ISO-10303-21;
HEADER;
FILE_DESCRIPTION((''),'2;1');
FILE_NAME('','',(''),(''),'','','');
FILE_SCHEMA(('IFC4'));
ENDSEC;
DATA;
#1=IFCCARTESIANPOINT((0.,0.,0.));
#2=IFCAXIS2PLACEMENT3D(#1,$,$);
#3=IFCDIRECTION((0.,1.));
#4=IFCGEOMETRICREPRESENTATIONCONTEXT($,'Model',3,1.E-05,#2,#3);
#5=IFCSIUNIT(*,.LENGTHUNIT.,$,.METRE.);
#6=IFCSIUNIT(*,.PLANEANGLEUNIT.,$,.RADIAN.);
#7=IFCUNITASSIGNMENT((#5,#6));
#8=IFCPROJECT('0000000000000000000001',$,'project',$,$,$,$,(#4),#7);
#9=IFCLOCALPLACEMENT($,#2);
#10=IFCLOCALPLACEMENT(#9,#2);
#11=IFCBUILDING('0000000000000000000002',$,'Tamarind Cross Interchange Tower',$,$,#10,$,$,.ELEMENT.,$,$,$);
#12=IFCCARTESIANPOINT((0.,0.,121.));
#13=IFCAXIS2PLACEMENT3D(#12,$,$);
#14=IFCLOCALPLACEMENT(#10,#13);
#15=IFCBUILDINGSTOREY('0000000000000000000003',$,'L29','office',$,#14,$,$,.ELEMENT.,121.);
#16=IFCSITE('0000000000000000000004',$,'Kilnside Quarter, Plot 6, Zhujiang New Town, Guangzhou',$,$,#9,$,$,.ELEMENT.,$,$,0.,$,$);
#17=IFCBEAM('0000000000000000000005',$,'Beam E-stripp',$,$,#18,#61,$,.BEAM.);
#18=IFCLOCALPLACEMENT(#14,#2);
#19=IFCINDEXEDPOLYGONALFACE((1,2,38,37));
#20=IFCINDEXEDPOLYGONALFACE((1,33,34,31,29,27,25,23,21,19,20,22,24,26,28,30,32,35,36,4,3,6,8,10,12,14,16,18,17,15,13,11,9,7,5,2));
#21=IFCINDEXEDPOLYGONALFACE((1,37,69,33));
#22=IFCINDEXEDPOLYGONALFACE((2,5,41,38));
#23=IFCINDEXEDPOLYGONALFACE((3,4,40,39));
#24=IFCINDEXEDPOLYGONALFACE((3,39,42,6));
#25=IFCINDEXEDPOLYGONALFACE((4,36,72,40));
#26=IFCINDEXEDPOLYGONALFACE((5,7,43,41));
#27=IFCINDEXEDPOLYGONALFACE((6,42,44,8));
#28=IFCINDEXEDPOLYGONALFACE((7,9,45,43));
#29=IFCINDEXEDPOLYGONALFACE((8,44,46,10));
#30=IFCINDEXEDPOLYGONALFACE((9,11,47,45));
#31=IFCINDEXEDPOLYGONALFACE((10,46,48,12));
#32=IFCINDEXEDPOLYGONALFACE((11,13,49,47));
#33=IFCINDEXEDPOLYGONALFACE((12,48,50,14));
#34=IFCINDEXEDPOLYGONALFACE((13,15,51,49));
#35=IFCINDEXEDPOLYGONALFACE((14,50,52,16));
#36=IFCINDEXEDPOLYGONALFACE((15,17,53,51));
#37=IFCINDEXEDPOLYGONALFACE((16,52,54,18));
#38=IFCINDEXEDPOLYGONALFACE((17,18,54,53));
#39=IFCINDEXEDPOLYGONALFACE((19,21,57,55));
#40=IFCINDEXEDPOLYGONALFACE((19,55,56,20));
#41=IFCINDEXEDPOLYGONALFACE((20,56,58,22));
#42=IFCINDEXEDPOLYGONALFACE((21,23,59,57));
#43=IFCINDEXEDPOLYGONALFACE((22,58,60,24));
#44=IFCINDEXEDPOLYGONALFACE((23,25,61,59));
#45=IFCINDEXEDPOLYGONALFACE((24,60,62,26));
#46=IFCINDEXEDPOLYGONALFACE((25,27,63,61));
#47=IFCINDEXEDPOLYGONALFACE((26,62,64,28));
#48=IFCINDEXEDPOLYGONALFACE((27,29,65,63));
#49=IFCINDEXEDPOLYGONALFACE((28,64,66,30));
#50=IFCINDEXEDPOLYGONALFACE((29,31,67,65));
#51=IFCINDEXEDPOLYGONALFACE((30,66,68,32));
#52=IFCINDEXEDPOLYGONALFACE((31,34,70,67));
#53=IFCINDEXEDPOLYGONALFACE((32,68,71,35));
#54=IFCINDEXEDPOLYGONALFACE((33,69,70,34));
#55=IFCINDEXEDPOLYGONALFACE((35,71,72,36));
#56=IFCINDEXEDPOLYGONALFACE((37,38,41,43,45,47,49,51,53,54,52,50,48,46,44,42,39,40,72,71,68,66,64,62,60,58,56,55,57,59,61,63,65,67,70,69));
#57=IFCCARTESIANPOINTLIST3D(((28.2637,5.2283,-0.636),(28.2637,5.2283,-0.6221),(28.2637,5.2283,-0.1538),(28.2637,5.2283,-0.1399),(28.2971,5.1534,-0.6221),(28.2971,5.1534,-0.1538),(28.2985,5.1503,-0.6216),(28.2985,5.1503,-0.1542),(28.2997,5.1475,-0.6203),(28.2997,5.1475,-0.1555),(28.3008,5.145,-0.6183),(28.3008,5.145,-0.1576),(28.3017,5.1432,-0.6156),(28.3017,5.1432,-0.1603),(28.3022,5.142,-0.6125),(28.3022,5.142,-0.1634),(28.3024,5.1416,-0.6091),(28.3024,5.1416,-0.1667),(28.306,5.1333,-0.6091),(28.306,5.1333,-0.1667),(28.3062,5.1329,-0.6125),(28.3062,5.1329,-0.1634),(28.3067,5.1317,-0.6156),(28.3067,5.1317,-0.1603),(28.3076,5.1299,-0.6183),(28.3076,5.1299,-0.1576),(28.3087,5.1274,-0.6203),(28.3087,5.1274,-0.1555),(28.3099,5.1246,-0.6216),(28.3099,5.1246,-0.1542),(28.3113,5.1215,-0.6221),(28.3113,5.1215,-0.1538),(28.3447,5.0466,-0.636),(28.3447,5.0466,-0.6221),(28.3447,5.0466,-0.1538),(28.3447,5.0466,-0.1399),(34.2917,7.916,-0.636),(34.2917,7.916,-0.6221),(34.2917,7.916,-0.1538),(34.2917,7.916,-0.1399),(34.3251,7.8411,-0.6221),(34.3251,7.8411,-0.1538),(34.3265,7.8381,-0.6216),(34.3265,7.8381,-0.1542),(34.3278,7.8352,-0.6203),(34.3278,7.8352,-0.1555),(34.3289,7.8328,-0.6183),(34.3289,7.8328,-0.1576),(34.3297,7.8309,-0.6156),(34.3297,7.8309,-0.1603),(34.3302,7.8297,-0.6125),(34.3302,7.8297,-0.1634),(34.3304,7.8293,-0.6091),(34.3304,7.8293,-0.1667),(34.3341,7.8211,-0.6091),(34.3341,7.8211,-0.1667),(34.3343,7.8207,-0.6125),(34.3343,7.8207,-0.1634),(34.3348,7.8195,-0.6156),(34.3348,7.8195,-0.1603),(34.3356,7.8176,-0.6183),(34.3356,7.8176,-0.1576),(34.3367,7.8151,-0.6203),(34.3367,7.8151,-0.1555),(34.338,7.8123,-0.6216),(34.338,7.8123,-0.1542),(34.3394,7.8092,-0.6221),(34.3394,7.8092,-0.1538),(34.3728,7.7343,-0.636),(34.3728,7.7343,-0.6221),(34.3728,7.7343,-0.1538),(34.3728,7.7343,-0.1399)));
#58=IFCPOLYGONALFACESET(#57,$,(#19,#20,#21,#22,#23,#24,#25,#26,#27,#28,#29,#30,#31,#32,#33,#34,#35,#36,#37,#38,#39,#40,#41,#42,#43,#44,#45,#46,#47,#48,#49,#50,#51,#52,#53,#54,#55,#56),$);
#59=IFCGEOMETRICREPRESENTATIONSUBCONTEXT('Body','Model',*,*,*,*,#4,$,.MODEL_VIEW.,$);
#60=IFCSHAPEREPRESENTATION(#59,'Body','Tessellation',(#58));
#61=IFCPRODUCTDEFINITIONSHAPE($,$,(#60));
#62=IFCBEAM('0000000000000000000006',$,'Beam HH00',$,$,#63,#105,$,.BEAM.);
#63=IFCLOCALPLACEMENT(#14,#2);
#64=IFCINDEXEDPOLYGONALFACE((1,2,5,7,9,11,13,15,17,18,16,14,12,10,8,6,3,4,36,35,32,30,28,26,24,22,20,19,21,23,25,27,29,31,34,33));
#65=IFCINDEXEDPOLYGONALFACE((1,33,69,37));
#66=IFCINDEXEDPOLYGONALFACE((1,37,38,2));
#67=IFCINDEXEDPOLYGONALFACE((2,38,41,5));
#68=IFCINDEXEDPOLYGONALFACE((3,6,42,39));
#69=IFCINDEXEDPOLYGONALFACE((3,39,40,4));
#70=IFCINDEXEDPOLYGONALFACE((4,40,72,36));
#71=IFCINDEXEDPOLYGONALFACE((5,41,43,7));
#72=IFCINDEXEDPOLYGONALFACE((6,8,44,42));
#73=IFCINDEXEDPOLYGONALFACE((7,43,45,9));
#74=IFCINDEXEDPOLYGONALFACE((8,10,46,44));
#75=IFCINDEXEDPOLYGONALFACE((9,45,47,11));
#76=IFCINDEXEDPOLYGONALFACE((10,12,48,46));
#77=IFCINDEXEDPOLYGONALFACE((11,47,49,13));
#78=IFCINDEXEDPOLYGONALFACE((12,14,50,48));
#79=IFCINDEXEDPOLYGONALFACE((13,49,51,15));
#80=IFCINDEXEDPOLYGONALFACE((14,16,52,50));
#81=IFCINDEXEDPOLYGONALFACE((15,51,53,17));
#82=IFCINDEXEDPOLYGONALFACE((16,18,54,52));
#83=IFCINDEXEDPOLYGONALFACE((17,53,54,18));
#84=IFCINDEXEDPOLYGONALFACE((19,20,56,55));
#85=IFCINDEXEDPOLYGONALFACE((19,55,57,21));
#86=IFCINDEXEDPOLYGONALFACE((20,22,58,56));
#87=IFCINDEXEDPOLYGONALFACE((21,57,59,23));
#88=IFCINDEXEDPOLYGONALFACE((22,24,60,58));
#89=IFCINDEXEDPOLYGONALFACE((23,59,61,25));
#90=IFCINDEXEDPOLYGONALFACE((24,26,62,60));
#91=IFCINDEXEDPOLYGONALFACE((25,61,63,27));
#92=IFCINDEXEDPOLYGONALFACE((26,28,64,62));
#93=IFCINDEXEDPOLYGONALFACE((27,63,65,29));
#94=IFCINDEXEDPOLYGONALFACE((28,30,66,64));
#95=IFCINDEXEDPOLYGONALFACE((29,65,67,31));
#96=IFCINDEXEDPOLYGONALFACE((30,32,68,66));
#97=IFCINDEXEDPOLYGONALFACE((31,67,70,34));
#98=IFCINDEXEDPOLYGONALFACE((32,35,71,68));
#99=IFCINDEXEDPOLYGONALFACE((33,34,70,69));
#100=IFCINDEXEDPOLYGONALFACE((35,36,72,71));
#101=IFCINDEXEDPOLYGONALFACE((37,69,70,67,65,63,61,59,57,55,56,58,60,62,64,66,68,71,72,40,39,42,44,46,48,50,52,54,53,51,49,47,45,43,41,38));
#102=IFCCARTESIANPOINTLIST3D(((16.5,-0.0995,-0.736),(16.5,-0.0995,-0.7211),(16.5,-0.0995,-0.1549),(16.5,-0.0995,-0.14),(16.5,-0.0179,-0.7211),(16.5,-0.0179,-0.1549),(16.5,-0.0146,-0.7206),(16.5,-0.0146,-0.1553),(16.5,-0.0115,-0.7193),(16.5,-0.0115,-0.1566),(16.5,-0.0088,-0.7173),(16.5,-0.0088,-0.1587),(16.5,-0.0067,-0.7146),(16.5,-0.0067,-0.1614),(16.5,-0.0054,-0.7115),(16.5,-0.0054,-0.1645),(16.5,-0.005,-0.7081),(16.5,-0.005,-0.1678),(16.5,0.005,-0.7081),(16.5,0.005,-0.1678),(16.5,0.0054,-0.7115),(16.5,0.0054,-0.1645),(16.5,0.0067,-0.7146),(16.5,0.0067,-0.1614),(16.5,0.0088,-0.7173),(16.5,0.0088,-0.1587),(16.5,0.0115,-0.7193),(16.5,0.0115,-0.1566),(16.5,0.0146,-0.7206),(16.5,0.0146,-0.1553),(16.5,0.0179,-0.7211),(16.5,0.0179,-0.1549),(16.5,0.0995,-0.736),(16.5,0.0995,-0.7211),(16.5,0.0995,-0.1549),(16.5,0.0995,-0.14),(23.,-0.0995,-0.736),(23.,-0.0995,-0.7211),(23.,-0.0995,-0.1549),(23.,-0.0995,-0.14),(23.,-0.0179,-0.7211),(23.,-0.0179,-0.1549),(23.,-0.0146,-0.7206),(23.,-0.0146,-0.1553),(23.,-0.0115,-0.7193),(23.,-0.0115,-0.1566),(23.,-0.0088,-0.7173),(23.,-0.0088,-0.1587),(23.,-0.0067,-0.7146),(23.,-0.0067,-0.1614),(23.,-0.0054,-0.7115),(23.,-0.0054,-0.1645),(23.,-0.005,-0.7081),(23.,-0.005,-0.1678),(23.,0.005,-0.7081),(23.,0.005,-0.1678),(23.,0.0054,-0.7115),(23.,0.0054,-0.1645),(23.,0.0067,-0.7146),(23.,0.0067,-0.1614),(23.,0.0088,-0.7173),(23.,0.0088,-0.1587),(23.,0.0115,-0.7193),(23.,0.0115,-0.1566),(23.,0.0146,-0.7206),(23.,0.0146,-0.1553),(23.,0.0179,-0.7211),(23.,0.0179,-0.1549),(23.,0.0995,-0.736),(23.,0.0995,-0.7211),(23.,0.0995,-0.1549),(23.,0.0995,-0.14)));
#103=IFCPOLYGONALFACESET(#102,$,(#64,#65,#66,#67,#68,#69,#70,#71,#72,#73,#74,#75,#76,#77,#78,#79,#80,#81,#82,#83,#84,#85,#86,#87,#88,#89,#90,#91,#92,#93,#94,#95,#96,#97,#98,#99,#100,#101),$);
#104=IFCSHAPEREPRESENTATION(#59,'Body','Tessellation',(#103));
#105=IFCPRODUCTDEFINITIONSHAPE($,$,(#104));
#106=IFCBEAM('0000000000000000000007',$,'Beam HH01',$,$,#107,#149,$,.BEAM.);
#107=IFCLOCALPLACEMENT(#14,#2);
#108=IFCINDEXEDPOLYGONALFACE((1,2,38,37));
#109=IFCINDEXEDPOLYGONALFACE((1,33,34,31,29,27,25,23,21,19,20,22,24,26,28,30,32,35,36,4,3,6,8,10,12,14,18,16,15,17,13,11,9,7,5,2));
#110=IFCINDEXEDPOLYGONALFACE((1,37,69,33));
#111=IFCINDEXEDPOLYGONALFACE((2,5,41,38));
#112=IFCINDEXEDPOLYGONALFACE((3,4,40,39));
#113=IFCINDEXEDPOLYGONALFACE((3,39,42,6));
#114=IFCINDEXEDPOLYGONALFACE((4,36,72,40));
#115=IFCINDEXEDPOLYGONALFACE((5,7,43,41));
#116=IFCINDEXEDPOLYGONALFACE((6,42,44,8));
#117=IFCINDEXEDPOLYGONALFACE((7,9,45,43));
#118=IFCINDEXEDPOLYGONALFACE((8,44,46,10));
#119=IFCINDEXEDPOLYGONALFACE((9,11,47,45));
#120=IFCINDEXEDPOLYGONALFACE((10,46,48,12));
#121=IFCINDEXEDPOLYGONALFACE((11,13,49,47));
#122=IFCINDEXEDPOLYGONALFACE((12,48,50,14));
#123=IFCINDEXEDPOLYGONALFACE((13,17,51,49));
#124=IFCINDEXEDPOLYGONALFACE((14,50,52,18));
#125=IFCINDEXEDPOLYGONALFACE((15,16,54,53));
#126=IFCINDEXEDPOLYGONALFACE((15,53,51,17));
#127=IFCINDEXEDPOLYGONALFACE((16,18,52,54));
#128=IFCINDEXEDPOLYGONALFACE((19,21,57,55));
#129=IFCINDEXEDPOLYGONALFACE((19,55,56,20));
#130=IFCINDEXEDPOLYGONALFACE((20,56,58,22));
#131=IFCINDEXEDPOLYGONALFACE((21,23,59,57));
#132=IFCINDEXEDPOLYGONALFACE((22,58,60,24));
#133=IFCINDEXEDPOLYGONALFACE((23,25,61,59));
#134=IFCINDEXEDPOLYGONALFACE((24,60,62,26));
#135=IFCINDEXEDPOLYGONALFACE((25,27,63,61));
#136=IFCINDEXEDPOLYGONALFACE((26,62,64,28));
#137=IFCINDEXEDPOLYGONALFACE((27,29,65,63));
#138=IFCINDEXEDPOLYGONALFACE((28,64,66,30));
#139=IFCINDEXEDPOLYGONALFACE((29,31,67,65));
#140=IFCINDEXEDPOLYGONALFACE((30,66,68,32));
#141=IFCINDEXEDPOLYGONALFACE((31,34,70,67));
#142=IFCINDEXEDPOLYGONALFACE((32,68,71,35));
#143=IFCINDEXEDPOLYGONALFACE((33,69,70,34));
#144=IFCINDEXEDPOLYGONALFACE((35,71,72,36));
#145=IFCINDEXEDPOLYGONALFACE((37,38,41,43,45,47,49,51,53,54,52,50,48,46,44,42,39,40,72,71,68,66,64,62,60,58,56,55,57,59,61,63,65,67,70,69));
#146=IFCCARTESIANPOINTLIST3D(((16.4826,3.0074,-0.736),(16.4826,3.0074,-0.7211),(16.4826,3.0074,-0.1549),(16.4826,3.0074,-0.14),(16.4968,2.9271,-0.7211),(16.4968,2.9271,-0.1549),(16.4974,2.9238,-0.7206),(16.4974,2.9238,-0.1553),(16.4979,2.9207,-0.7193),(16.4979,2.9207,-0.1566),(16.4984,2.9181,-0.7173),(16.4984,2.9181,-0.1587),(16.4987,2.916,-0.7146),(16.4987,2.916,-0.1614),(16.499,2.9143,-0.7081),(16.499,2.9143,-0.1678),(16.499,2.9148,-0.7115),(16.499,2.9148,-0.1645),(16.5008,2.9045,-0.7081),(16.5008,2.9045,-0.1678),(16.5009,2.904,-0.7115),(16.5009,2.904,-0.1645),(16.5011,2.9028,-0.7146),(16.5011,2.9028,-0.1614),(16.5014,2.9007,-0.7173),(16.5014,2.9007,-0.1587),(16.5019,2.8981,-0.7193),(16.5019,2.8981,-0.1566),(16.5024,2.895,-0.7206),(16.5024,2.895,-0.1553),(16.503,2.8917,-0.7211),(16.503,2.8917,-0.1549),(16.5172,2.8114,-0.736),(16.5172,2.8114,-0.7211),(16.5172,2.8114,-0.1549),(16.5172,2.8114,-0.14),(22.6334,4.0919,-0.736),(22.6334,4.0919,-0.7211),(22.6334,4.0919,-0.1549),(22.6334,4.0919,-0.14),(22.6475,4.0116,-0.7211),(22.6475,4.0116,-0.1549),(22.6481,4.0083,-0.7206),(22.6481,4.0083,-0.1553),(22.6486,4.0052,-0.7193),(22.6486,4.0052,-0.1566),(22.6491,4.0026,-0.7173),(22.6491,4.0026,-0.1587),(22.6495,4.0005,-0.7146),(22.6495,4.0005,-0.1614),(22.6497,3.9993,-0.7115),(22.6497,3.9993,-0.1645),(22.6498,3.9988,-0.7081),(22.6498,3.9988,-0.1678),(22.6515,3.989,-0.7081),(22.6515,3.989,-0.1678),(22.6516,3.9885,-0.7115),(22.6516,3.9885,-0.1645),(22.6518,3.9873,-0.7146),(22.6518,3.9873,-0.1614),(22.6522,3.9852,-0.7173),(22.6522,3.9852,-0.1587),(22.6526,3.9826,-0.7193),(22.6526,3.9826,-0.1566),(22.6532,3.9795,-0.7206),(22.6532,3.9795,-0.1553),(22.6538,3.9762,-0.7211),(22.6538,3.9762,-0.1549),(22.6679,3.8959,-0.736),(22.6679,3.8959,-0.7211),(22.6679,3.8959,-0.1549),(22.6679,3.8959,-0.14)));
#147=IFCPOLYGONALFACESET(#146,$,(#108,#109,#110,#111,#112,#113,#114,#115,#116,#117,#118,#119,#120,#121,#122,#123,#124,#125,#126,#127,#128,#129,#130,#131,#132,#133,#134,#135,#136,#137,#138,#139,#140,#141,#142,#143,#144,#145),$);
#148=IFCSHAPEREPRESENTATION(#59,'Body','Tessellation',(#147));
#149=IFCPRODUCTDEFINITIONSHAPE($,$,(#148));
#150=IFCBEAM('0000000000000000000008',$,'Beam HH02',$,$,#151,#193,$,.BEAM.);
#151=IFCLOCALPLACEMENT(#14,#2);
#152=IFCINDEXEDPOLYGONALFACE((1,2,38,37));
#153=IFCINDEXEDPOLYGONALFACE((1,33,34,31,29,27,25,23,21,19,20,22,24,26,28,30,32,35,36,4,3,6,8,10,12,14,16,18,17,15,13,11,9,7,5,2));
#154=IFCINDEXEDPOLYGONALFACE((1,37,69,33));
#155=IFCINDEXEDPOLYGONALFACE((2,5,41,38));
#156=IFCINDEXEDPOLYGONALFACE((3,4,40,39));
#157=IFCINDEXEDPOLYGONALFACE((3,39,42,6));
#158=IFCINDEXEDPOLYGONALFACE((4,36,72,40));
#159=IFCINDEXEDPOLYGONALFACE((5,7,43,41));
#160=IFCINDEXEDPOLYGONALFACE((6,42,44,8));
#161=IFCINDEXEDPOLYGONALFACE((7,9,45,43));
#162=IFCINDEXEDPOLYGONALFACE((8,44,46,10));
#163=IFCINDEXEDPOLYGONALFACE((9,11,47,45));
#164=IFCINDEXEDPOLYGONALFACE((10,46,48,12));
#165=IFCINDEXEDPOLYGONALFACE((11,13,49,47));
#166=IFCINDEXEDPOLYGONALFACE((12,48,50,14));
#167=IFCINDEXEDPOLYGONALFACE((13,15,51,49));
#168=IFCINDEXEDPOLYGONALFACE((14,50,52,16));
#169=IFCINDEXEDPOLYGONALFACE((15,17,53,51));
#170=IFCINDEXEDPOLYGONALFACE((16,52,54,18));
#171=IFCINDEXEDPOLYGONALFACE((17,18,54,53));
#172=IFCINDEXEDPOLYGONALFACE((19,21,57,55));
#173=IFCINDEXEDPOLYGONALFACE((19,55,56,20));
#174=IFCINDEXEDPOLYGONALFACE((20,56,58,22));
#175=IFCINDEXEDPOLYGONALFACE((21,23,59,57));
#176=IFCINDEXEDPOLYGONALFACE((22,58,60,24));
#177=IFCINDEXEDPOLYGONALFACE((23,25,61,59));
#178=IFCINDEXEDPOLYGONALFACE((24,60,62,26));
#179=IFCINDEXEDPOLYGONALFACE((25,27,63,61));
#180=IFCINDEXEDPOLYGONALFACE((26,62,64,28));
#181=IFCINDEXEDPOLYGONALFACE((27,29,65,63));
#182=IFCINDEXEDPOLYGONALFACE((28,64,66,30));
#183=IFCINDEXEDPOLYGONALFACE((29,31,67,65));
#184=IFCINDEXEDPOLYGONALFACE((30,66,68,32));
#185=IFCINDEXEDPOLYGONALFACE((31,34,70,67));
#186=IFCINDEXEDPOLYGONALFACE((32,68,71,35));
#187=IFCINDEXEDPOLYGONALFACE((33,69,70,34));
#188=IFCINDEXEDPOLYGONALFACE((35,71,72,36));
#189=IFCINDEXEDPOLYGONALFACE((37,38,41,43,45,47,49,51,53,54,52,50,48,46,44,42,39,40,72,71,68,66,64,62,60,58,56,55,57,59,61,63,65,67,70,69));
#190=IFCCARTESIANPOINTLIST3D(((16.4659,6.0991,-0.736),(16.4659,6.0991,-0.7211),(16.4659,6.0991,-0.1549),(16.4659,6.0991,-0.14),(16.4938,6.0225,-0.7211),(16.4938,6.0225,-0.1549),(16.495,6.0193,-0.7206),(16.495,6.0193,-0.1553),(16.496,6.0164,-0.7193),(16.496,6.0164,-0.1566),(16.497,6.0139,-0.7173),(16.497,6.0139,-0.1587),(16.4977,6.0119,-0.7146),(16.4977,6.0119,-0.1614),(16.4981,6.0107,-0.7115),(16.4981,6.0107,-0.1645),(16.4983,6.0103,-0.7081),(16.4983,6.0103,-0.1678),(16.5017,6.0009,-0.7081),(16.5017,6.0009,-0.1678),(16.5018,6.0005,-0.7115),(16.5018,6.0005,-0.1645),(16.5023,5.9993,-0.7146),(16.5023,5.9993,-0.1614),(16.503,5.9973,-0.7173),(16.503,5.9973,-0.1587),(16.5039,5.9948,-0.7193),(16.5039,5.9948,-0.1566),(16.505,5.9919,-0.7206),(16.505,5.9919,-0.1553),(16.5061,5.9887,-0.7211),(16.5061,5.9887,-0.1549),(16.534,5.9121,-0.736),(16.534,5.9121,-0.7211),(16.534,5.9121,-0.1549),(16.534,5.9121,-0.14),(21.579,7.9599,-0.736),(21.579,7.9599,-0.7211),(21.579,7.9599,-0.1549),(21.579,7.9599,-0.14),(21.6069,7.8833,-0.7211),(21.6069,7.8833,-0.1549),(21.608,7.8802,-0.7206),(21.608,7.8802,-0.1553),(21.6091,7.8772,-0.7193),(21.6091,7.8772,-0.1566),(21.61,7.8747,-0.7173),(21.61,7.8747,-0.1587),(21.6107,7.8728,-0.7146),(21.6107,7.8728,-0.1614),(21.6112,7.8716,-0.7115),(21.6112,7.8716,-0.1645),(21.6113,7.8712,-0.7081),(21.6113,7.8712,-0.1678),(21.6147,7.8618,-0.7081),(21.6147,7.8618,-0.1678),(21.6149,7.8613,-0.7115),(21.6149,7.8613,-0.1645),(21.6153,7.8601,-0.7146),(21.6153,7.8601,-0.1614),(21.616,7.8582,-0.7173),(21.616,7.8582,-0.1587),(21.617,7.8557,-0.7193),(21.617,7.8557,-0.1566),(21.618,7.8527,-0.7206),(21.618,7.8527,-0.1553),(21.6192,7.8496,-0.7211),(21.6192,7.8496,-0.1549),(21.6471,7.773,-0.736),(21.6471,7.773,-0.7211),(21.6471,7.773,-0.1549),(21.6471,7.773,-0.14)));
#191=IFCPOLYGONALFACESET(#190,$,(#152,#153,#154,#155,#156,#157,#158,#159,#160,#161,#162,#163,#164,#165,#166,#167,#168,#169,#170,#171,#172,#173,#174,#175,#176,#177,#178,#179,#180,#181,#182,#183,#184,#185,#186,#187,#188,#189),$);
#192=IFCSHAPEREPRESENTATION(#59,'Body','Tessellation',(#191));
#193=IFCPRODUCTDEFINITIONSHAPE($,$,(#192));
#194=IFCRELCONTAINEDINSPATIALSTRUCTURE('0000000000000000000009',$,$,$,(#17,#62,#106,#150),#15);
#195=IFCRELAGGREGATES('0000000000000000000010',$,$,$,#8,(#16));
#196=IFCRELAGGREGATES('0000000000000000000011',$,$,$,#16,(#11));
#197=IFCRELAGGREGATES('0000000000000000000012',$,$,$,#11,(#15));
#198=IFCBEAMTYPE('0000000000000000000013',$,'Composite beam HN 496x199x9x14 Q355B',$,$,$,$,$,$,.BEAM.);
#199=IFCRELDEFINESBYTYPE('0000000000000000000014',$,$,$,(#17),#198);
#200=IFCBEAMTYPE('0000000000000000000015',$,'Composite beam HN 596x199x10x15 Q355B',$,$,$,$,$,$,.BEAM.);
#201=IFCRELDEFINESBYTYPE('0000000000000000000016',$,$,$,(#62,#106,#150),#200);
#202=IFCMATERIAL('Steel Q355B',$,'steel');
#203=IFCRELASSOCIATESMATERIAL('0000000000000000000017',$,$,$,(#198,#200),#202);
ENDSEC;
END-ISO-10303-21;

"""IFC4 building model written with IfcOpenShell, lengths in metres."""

from ifc_helpers import new_model, si_unit, direction, frame, origin, origin_2d, place, context, subcontext, project, spatial, i_section, extrude, material, material_profile, profile_set, type_object, element, save


model = new_model("IFC4")

# Units and contexts
model_context = context("Model", 3, precision=1e-05, world=origin(), true_north=direction((0.0, 1.0)))
body_context = subcontext(model_context, "Body", "Model", "MODEL_VIEW")
ifc_project = project(units=[si_unit("LENGTHUNIT", "METRE"), si_unit("PLANEANGLEUNIT", "RADIAN")], contexts=[model_context])

# Site, building, storey
site_placement = place(None, origin())
site = spatial("IfcSite", under=ifc_project, at=site_placement, Name="Kilnside Quarter, Plot 6, Zhujiang New Town, Guangzhou", CompositionType="ELEMENT", RefElevation=0.0)
building_placement = place(site_placement, origin())
building = spatial("IfcBuilding", under=site, at=building_placement, Name="Tamarind Cross Interchange Tower", CompositionType="ELEMENT")
storey_placement = place(building_placement, frame((0.0, 0.0, 121.0)))
storey = spatial("IfcBuildingStorey", under=building, at=storey_placement, Name="L29", Description="office", CompositionType="ELEMENT", Elevation=121.0)

# Beams
ifc_material_1 = material(Name="Steel Q355B", Category="steel")
ifc_material_profile_1 = material_profile(ifc_material_1, i_section(OverallWidth=0.199, OverallDepth=0.4961, WebThickness=0.009, FlangeThickness=0.0139, FilletRadius=0.0129, at=origin_2d()), Name="HN 496x199x9x14")
ifc_profile_set_1 = profile_set([ifc_material_profile_1], Name="Steel Q355B")
beam_type_1 = type_object("IfcBeamType", Name="Composite beam HN 496x199x9x14 Q355B", PredefinedType="BEAM", material=ifc_profile_set_1)
beam_1_placement = place(storey_placement, frame((28.3042, 5.1375, -0.3879), z_axis=(0.913327, 0.407226, 0.0), x_axis=(-0.407226, 0.913327, 0.0)))
element("IfcBeam", 1, at=beam_1_placement, inside=storey, type_object=beam_type_1, Name="Beam E-stripp", PredefinedType="BEAM", context=body_context, shape_type="SweptSolid", body=[
    extrude(i_section(OverallWidth=0.199, OverallDepth=0.4961, WebThickness=0.009, FlangeThickness=0.0139, FilletRadius=0.0129, at=origin_2d()), origin(), (0.0, 0.0, 1.0), 6.6001),
])
ifc_material_profile_2 = material_profile(ifc_material_1, i_section(OverallWidth=0.199, OverallDepth=0.5959, WebThickness=0.01, FlangeThickness=0.0149, FilletRadius=0.0129, at=origin_2d()), Name="HN 596x199x10x15")
ifc_profile_set_2 = profile_set([ifc_material_profile_2], Name="Steel Q355B")
beam_type_2 = type_object("IfcBeamType", Name="Composite beam HN 596x199x10x15 Q355B", PredefinedType="BEAM", material=ifc_profile_set_2)
beam_2_placement = place(storey_placement, frame((23.0, 0.0, -0.438), z_axis=(-1.0, 0.0, 0.0), x_axis=(0.0, -1.0, 0.0)))
element("IfcBeam", 2, at=beam_2_placement, inside=storey, type_object=beam_type_2, Name="Beam HH00", PredefinedType="BEAM", context=body_context, shape_type="SweptSolid", body=[
    extrude(i_section(OverallWidth=0.199, OverallDepth=0.5959, WebThickness=0.01, FlangeThickness=0.0149, FilletRadius=0.0129, at=origin_2d()), origin(), (0.0, 0.0, 1.0), 6.5),
])
beam_3_placement = place(storey_placement, frame((22.6506, 3.9939, -0.438), z_axis=(-0.984809, -0.17364, 0.0), x_axis=(0.17364, -0.984809, 0.0)))
element("IfcBeam", 3, at=beam_3_placement, inside=storey, type_object=beam_type_2, Name="Beam HH01", PredefinedType="BEAM", context=body_context, shape_type="SweptSolid", body=[
    extrude(i_section(OverallWidth=0.199, OverallDepth=0.5959, WebThickness=0.01, FlangeThickness=0.0149, FilletRadius=0.0129, at=origin_2d()), origin(), (0.0, 0.0, 1.0), 6.2456),
])
beam_4_placement = place(storey_placement, frame((21.613, 7.8665, -0.438), z_axis=(-0.939702, -0.341995, 0.0), x_axis=(0.341995, -0.939702, 0.0)))
element("IfcBeam", 4, at=beam_4_placement, inside=storey, type_object=beam_type_2, Name="Beam HH02", PredefinedType="BEAM", context=body_context, shape_type="SweptSolid", body=[
    extrude(i_section(OverallWidth=0.199, OverallDepth=0.5959, WebThickness=0.01, FlangeThickness=0.0149, FilletRadius=0.0129, at=origin_2d()), origin(), (0.0, 0.0, 1.0), 5.4412),
])

save(model, "model.ifc")
